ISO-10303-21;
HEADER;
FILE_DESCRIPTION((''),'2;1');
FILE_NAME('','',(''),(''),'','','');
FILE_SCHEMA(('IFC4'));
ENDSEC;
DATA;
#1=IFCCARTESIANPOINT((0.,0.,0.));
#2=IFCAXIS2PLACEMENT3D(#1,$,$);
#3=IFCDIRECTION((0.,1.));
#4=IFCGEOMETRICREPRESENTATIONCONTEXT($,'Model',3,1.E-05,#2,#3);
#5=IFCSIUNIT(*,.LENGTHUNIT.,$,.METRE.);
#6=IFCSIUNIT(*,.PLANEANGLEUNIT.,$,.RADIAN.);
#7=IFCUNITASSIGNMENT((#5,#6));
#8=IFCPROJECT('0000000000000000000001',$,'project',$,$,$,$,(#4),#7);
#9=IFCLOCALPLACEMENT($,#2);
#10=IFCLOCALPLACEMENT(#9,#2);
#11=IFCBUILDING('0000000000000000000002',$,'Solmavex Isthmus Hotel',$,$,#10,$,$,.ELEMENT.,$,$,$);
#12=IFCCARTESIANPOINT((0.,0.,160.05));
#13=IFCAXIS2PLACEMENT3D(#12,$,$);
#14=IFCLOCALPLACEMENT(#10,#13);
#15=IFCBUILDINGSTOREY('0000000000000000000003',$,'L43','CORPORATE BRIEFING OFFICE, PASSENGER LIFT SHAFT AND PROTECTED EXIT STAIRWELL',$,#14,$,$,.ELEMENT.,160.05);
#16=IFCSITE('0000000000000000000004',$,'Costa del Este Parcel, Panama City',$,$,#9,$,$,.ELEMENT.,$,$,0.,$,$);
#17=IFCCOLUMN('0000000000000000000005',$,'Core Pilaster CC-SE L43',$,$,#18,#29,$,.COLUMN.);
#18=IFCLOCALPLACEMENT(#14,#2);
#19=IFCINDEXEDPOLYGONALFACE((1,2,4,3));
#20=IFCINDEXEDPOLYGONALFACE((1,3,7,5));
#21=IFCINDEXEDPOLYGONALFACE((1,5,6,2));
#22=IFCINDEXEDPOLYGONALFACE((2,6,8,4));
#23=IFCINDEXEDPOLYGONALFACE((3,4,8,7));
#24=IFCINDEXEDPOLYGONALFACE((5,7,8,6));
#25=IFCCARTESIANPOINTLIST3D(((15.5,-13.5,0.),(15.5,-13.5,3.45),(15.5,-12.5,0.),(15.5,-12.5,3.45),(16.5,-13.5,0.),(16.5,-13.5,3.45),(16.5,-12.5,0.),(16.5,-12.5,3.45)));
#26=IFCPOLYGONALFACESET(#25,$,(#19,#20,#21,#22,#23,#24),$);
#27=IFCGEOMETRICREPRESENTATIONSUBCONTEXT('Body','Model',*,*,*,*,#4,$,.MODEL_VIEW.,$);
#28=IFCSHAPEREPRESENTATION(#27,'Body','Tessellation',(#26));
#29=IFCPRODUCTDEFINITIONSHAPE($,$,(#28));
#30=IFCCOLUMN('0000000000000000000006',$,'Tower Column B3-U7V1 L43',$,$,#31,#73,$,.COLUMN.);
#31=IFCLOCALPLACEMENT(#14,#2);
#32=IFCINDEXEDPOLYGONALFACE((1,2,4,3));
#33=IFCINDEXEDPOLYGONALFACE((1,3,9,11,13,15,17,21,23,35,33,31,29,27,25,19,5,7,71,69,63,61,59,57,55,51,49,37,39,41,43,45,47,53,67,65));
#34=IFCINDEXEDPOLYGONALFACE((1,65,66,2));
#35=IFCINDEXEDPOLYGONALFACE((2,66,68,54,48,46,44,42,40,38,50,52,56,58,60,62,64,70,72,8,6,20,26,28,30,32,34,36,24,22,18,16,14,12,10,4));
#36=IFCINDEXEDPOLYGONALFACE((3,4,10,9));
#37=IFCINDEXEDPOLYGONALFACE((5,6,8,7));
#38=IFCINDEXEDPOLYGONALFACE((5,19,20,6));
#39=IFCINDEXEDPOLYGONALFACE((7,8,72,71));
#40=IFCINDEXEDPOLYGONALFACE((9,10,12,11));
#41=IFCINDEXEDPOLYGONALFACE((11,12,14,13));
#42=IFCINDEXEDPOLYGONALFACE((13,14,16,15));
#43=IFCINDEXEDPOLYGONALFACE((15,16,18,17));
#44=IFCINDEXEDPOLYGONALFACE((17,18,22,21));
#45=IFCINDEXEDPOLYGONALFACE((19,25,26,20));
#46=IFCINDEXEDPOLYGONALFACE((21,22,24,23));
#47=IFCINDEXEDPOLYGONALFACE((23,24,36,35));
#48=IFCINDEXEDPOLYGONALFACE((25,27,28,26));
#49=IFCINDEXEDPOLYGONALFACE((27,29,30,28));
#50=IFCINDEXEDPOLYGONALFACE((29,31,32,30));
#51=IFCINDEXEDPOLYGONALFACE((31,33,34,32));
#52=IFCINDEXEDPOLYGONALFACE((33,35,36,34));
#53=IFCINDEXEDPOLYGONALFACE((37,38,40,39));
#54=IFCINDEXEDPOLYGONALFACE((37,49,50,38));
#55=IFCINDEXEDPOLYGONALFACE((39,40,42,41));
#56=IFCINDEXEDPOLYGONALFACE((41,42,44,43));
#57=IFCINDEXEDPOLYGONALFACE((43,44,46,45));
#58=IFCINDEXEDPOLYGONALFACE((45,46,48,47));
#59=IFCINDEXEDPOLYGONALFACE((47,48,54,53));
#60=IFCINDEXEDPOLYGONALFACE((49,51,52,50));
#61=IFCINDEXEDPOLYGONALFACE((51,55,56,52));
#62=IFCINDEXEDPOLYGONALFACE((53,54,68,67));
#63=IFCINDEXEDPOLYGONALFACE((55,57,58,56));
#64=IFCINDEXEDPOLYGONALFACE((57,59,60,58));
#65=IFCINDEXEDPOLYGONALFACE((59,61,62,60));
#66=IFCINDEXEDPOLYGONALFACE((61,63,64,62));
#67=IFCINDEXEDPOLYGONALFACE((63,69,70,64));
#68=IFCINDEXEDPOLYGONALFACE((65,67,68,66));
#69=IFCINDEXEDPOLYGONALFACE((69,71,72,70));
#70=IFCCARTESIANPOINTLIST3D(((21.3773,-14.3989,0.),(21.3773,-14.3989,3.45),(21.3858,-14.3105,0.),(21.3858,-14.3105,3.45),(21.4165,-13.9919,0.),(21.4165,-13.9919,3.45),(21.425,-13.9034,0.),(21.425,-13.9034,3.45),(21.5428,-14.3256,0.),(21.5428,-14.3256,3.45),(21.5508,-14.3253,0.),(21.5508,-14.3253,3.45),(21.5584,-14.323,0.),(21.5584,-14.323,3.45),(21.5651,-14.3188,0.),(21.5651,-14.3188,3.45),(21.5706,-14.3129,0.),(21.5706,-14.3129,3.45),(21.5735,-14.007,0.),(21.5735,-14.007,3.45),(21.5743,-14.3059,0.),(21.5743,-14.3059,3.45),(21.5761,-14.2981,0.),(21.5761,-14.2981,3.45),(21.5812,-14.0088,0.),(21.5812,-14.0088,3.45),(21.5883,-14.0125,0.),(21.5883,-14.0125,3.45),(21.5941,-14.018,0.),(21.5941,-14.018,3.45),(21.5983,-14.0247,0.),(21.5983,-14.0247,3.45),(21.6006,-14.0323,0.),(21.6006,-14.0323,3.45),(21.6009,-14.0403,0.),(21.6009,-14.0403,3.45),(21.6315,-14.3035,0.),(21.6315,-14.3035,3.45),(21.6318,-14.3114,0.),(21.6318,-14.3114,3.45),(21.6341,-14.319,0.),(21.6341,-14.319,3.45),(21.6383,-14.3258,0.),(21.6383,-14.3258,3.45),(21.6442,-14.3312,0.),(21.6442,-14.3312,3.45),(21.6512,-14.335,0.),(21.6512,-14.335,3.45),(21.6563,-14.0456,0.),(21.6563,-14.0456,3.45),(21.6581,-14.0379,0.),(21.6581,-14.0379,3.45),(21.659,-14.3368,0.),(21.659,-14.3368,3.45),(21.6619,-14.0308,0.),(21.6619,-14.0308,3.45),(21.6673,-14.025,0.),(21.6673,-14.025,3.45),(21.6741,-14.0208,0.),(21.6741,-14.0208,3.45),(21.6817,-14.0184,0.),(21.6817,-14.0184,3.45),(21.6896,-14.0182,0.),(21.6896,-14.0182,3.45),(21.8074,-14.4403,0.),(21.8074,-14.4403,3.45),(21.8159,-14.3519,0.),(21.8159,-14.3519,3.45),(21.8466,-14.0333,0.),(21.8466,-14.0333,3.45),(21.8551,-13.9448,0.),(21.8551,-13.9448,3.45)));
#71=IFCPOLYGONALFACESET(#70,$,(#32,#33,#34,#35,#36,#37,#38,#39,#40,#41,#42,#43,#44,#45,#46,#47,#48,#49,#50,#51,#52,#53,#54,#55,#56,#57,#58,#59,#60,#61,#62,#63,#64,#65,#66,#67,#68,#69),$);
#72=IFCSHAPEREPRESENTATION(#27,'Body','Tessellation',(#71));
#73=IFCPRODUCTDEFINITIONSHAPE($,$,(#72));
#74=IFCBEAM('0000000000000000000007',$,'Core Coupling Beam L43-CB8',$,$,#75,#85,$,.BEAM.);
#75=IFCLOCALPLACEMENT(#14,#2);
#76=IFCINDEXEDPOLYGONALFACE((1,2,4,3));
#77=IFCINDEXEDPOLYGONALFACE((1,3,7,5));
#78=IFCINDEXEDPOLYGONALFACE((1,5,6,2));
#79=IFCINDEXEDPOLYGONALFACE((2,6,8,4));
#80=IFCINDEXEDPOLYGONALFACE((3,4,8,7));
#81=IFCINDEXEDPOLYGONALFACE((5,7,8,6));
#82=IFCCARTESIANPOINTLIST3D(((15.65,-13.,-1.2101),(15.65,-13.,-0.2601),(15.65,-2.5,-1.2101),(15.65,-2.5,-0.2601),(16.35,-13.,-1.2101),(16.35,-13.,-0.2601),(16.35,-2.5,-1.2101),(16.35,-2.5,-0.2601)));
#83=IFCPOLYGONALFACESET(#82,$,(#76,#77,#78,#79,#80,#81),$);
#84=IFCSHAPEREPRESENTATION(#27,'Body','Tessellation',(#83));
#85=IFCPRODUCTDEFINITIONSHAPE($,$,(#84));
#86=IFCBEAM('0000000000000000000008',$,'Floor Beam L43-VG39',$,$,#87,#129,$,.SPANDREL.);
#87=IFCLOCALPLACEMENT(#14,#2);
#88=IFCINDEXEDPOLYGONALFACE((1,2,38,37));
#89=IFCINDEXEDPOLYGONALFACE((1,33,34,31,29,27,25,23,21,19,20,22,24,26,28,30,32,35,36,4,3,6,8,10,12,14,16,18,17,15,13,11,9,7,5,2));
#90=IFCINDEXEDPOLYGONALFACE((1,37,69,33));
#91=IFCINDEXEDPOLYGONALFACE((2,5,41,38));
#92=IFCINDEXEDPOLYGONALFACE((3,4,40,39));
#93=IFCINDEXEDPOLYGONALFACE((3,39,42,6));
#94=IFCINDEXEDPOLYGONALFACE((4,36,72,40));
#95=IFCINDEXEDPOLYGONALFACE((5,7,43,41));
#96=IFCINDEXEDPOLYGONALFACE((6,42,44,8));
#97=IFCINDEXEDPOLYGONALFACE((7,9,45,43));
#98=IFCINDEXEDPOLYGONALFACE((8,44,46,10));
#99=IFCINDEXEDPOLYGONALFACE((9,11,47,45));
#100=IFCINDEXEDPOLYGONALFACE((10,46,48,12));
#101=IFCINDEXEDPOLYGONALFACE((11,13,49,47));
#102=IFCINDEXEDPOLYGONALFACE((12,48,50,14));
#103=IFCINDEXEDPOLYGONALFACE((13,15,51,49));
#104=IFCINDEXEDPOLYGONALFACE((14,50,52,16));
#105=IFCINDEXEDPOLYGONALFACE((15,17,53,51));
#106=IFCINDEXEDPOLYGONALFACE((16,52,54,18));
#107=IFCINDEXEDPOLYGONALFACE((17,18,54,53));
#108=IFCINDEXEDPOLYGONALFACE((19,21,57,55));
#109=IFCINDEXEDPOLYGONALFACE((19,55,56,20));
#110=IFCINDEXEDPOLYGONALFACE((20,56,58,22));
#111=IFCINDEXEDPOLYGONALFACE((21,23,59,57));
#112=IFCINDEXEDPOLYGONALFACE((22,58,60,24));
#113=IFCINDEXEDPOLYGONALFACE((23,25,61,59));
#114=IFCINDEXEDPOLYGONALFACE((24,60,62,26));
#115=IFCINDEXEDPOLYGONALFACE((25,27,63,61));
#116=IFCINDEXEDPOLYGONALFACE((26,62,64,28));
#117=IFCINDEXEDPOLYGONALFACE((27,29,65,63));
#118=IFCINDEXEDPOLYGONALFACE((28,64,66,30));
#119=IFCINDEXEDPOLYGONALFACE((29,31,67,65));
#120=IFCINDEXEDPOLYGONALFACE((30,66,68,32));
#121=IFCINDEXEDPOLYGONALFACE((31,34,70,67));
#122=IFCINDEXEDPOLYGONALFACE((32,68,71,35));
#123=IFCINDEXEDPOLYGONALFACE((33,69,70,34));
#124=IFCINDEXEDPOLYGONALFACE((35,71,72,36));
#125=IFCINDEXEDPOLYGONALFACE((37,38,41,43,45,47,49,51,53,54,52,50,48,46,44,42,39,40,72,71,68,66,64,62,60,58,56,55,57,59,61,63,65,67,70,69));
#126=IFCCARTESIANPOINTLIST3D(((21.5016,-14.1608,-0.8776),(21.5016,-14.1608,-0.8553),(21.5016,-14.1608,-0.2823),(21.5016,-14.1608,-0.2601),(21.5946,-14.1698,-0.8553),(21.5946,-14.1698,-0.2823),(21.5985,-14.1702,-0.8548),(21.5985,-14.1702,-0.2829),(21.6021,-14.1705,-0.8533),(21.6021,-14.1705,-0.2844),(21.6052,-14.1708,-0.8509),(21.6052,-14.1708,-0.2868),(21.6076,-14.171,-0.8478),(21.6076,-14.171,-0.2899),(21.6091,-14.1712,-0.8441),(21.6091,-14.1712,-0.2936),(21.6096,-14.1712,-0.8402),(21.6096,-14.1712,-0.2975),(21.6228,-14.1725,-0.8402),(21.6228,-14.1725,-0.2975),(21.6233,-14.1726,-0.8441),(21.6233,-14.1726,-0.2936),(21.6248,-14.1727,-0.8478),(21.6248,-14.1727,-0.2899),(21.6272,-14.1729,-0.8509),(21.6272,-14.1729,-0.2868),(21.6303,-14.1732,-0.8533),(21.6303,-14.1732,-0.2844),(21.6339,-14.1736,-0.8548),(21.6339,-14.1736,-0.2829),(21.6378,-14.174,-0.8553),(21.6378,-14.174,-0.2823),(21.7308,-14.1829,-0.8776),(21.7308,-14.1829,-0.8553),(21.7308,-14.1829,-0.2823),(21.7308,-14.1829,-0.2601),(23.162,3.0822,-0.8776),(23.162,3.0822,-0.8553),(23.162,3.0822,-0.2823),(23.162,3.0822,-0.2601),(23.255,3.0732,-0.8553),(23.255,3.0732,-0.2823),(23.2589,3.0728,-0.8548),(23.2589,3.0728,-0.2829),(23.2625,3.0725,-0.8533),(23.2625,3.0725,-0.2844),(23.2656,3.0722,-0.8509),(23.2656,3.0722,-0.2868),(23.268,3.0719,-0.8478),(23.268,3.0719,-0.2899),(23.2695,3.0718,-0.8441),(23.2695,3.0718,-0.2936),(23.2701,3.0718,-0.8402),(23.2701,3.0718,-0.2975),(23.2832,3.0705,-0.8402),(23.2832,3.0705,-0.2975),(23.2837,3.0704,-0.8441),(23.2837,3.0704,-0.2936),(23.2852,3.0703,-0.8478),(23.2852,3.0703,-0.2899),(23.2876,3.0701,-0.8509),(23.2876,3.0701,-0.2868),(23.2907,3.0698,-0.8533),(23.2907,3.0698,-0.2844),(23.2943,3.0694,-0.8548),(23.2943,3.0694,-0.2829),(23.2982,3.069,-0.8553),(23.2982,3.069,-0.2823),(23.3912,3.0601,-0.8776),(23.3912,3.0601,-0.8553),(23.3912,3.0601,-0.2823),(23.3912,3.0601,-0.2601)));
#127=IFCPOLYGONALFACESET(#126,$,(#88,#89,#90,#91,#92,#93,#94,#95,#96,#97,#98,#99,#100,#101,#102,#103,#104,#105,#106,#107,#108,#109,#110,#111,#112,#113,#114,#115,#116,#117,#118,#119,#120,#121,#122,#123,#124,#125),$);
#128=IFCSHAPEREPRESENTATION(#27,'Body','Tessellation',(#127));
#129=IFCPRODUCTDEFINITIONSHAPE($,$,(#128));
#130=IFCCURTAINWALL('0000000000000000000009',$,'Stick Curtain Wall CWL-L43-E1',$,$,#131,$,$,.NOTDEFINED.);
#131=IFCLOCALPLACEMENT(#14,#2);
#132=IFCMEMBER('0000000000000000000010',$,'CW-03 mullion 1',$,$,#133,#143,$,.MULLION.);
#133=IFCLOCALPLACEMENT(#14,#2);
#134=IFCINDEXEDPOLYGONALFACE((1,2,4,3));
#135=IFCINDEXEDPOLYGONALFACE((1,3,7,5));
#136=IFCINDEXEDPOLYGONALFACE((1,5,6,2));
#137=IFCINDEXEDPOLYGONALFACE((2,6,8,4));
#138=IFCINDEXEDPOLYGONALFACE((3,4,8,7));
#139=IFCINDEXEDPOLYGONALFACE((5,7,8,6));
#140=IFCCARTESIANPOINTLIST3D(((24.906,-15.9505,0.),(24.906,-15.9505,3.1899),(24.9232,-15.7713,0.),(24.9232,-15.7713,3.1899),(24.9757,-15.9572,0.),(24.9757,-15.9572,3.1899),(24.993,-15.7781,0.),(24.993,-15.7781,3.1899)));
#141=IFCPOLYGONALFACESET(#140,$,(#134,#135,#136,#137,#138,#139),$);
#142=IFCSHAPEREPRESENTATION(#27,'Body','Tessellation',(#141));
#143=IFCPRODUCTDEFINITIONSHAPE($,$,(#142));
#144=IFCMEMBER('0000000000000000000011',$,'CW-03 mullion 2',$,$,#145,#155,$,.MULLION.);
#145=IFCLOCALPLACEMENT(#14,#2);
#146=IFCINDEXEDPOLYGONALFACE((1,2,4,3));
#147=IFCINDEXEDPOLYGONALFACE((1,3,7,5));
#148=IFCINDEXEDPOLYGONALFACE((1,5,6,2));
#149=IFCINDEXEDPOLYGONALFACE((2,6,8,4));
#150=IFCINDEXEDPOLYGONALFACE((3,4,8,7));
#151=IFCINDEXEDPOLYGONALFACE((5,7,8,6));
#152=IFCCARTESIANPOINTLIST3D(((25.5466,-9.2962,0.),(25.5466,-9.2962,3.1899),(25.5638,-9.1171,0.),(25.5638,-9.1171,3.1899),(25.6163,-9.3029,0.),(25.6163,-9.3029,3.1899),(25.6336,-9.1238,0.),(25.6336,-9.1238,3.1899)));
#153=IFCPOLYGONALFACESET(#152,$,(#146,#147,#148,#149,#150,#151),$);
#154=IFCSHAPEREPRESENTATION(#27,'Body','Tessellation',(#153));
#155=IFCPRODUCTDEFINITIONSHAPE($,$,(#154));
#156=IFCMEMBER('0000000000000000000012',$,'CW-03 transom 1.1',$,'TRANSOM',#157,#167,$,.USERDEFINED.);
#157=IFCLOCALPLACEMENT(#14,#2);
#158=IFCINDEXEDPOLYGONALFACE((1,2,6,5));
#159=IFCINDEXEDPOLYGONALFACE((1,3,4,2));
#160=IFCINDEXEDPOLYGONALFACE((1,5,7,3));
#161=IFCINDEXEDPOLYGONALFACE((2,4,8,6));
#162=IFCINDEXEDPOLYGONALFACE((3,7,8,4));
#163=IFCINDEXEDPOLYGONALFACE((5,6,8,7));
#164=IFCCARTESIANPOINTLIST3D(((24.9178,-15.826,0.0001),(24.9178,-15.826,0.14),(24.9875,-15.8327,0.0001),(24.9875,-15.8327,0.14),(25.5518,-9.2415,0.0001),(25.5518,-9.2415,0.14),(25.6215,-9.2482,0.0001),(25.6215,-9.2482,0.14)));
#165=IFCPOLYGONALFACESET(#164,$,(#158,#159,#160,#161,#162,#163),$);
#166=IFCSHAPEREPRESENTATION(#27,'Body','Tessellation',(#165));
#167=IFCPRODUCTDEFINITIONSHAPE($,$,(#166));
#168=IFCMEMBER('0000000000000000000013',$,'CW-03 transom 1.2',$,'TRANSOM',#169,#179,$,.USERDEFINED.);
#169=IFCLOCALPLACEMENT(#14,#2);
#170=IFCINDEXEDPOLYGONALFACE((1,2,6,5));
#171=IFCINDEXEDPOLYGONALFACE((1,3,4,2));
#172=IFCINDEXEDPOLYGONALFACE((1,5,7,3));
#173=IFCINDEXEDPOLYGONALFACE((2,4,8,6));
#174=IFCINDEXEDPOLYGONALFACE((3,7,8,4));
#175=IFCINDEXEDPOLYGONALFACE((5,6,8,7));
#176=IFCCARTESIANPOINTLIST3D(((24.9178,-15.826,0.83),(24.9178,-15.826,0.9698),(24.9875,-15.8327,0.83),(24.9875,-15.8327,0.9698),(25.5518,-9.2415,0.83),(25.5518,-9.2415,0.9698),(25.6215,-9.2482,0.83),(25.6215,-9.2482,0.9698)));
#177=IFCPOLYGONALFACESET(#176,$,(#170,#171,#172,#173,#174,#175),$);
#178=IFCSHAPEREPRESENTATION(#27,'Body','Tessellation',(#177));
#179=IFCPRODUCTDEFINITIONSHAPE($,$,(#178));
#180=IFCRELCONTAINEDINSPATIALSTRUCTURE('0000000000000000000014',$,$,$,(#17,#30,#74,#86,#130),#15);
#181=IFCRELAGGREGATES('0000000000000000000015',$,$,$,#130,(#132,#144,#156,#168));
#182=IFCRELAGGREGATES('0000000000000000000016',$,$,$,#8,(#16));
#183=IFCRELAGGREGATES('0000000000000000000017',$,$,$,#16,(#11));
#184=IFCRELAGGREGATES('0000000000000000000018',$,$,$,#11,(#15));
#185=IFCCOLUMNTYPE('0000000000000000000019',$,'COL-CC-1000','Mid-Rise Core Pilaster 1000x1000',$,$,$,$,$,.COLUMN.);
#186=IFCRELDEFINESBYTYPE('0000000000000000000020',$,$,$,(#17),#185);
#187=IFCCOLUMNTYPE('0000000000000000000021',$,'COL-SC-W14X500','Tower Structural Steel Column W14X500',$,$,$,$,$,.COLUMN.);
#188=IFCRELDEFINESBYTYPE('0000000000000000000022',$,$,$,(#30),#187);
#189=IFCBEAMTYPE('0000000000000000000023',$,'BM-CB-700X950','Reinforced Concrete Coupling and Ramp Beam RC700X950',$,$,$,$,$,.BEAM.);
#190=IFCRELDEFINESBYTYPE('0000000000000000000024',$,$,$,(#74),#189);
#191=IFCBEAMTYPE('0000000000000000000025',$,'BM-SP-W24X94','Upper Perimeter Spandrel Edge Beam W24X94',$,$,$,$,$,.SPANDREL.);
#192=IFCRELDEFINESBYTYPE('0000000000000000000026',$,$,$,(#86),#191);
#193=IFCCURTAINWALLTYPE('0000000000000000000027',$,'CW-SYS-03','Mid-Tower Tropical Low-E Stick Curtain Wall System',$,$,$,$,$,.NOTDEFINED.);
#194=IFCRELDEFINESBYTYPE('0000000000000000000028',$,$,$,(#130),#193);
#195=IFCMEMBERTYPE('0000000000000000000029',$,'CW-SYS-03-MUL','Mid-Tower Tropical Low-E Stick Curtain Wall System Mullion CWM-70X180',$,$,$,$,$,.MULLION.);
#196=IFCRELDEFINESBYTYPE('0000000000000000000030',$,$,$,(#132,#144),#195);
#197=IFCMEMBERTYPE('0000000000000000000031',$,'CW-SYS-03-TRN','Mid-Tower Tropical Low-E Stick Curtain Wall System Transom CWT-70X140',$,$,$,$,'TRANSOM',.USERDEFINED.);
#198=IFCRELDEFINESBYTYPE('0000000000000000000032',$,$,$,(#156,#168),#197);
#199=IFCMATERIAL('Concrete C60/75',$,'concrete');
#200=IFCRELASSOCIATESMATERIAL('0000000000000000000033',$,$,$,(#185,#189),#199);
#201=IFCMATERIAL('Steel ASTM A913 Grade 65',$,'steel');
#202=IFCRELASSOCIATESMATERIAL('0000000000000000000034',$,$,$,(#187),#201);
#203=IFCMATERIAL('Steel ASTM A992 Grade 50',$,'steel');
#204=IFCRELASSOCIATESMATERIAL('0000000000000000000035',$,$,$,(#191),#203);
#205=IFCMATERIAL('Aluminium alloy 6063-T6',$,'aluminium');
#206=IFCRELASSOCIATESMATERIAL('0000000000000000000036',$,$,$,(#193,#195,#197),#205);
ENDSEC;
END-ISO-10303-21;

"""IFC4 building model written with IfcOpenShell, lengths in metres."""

from ifc_helpers import new_model, si_unit, direction, frame, origin, origin_2d, place, context, subcontext, project, spatial, rectangle, i_section, extrude, material, material_profile, profile_set, type_object, element, aggregate, save


model = new_model("IFC4")

# Units and contexts
model_context = context("Model", 3, precision=1e-05, world=origin(), true_north=direction((0.0, 1.0)))
body_context = subcontext(model_context, "Body", "Model", "MODEL_VIEW")
ifc_project = project(units=[si_unit("LENGTHUNIT", "METRE"), si_unit("PLANEANGLEUNIT", "RADIAN")], contexts=[model_context])

# Site, building, storey
site_placement = place(None, origin())
site = spatial("IfcSite", under=ifc_project, at=site_placement, Name="Costa del Este Parcel, Panama City", CompositionType="ELEMENT", RefElevation=0.0)
building_placement = place(site_placement, origin())
building = spatial("IfcBuilding", under=site, at=building_placement, Name="Solmavex Isthmus Hotel", CompositionType="ELEMENT")
storey_placement = place(building_placement, frame((0.0, 0.0, 160.05)))
storey = spatial("IfcBuildingStorey", under=building, at=storey_placement, Name="L43", Description="CORPORATE BRIEFING OFFICE, PASSENGER LIFT SHAFT AND PROTECTED EXIT STAIRWELL", CompositionType="ELEMENT", Elevation=160.05)

# Columns
ifc_material_1 = material(Name="Concrete C60/75", Category="concrete")
ifc_material_profile_1 = material_profile(ifc_material_1, rectangle(XDim=1.0, YDim=1.0, at=origin_2d()), Name="RC1000X1000")
ifc_profile_set_1 = profile_set([ifc_material_profile_1], Name="Concrete C60/75")
column_type_1 = type_object("IfcColumnType", Name="COL-CC-1000", Description="Mid-Rise Core Pilaster 1000x1000", PredefinedType="COLUMN", material=ifc_profile_set_1)
column_1_placement = place(storey_placement, frame((16.0, -13.0, 0.0), z_axis=(0.0, 0.0, 1.0), x_axis=(1.0, 0.0, 0.0)))
element("IfcColumn", 1, at=column_1_placement, inside=storey, type_object=column_type_1, Name="Core Pilaster CC-SE L43", PredefinedType="COLUMN", context=body_context, shape_type="SweptSolid", body=[
    extrude(rectangle(XDim=1.0, YDim=1.0, at=origin_2d()), origin(), (0.0, 0.0, 1.0), 3.45),
])
ifc_material_2 = material(Name="Steel ASTM A913 Grade 65", Category="steel")
ifc_material_profile_2 = material_profile(ifc_material_2, i_section(OverallWidth=0.4321, OverallDepth=0.4978, WebThickness=0.0557, FlangeThickness=0.0889, FilletRadius=0.0305, at=origin_2d()), Name="W14X500")
ifc_profile_set_2 = profile_set([ifc_material_profile_2], Name="Steel ASTM A913 Grade 65")
column_type_2 = type_object("IfcColumnType", Name="COL-SC-W14X500", Description="Tower Structural Steel Column W14X500", PredefinedType="COLUMN", material=ifc_profile_set_2)
column_2_placement = place(storey_placement, frame((21.6162, -14.1719, 0.0), z_axis=(0.0, 0.0, 1.0), x_axis=(0.995396, -0.095846, 0.0)))
element("IfcColumn", 2, at=column_2_placement, inside=storey, type_object=column_type_2, Name="Tower Column B3-U7V1 L43", PredefinedType="COLUMN", context=body_context, shape_type="SweptSolid", body=[
    extrude(i_section(OverallWidth=0.4321, OverallDepth=0.4978, WebThickness=0.0557, FlangeThickness=0.0889, FilletRadius=0.0305, at=origin_2d()), origin(), (0.0, 0.0, 1.0), 3.45),
])

# Beams
ifc_material_profile_3 = material_profile(ifc_material_1, rectangle(XDim=0.7, YDim=0.95, at=origin_2d()), Name="RC700X950")
ifc_profile_set_3 = profile_set([ifc_material_profile_3], Name="Concrete C60/75")
beam_type_1 = type_object("IfcBeamType", Name="BM-CB-700X950", Description="Reinforced Concrete Coupling and Ramp Beam RC700X950", PredefinedType="BEAM", material=ifc_profile_set_3)
beam_1_placement = place(storey_placement, frame((16.0, -13.0, -0.7351), z_axis=(0.0, 1.0, 0.0), x_axis=(-1.0, 0.0, 0.0)))
element("IfcBeam", 3, at=beam_1_placement, inside=storey, type_object=beam_type_1, Name="Core Coupling Beam L43-CB8", PredefinedType="BEAM", context=body_context, shape_type="SweptSolid", body=[
    extrude(rectangle(XDim=0.7, YDim=0.95, at=origin_2d()), origin(), (0.0, 0.0, 1.0), 10.5),
])
ifc_material_3 = material(Name="Steel ASTM A992 Grade 50", Category="steel")
ifc_material_profile_4 = material_profile(ifc_material_3, i_section(OverallWidth=0.2302, OverallDepth=0.6174, WebThickness=0.0132, FlangeThickness=0.0222, FilletRadius=0.0151, at=origin_2d()), Name="W24X94")
ifc_profile_set_4 = profile_set([ifc_material_profile_4], Name="Steel ASTM A992 Grade 50")
beam_type_2 = type_object("IfcBeamType", Name="BM-SP-W24X94", Description="Upper Perimeter Spandrel Edge Beam W24X94", PredefinedType="SPANDREL", material=ifc_profile_set_4)
beam_2_placement = place(storey_placement, frame((21.6162, -14.1719, -0.5688), z_axis=(0.095851, 0.995396, 0.0), x_axis=(-0.995396, 0.095851, 0.0)))
element("IfcBeam", 4, at=beam_2_placement, inside=storey, type_object=beam_type_2, Name="Floor Beam L43-VG39", PredefinedType="SPANDREL", context=body_context, shape_type="SweptSolid", body=[
    extrude(i_section(OverallWidth=0.2302, OverallDepth=0.6174, WebThickness=0.0132, FlangeThickness=0.0222, FilletRadius=0.0151, at=origin_2d()), origin(), (0.0, 0.0, 1.0), 17.3228),
])

# Curtain wall, members
ifc_material_4 = material(Name="Aluminium alloy 6063-T6", Category="aluminium")
curtain_wall_type = type_object("IfcCurtainWallType", Name="CW-SYS-03", Description="Mid-Tower Tropical Low-E Stick Curtain Wall System", PredefinedType="NOTDEFINED", material=ifc_material_4)
curtain_wall_placement = place(storey_placement, origin())
curtain_wall = element("IfcCurtainWall", 5, at=curtain_wall_placement, inside=storey, type_object=curtain_wall_type, Name="Stick Curtain Wall CWL-L43-E1", PredefinedType="NOTDEFINED")
ifc_material_profile_5 = material_profile(ifc_material_4, rectangle(XDim=0.0701, YDim=0.1799, at=origin_2d()), Name="CWM-70X180")
ifc_profile_set_5 = profile_set([ifc_material_profile_5], Name="Aluminium alloy 6063-T6")
member_type_1 = type_object("IfcMemberType", Name="CW-SYS-03-MUL", Description="Mid-Tower Tropical Low-E Stick Curtain Wall System Mullion CWM-70X180", PredefinedType="MULLION", material=ifc_profile_set_5)
member_1_placement = place(storey_placement, frame((24.9495, -15.8643, 0.0), z_axis=(0.0, 0.0, 1.0), x_axis=(-0.995396, 0.095846, 0.0)))
member_1 = element("IfcMember", 6, at=member_1_placement, type_object=member_type_1, Name="CW-03 mullion 1", PredefinedType="MULLION", context=body_context, shape_type="SweptSolid", body=[
    extrude(rectangle(XDim=0.0701, YDim=0.1799, at=origin_2d()), origin(), (0.0, 0.0, 1.0), 3.1899),
])
member_2_placement = place(storey_placement, frame((25.5901, -9.21, 0.0), z_axis=(0.0, 0.0, 1.0), x_axis=(-0.995396, 0.095846, 0.0)))
member_2 = element("IfcMember", 7, at=member_2_placement, type_object=member_type_1, Name="CW-03 mullion 2", PredefinedType="MULLION", context=body_context, shape_type="SweptSolid", body=[
    extrude(rectangle(XDim=0.0701, YDim=0.1799, at=origin_2d()), origin(), (0.0, 0.0, 1.0), 3.1899),
])
ifc_material_profile_6 = material_profile(ifc_material_4, rectangle(XDim=0.0701, YDim=0.1399, at=origin_2d()), Name="CWT-70X140")
ifc_profile_set_6 = profile_set([ifc_material_profile_6], Name="Aluminium alloy 6063-T6")
member_type_2 = type_object("IfcMemberType", Name="CW-SYS-03-TRN", Description="Mid-Tower Tropical Low-E Stick Curtain Wall System Transom CWT-70X140", ElementType="TRANSOM", PredefinedType="USERDEFINED", material=ifc_profile_set_6)
member_3_placement = place(storey_placement, frame((24.9526, -15.8293, 0.0701), z_axis=(0.095849, 0.995396, 0.0), x_axis=(-0.995396, 0.095849, 0.0)))
member_3 = element("IfcMember", 8, at=member_3_placement, type_object=member_type_2, Name="CW-03 transom 1.1", ObjectType="TRANSOM", PredefinedType="USERDEFINED", context=body_context, shape_type="SweptSolid", body=[
    extrude(rectangle(XDim=0.0701, YDim=0.1399, at=origin_2d()), origin(), (0.0, 0.0, 1.0), 6.615),
])
member_4_placement = place(storey_placement, frame((24.9526, -15.8293, 0.8999), z_axis=(0.095849, 0.995396, 0.0), x_axis=(-0.995396, 0.095849, 0.0)))
member_4 = element("IfcMember", 9, at=member_4_placement, type_object=member_type_2, Name="CW-03 transom 1.2", ObjectType="TRANSOM", PredefinedType="USERDEFINED", context=body_context, shape_type="SweptSolid", body=[
    extrude(rectangle(XDim=0.0701, YDim=0.1399, at=origin_2d()), origin(), (0.0, 0.0, 1.0), 6.615),
])
aggregate(curtain_wall, [member_1, member_2, member_3, member_4])

save(model, "model.ifc")
